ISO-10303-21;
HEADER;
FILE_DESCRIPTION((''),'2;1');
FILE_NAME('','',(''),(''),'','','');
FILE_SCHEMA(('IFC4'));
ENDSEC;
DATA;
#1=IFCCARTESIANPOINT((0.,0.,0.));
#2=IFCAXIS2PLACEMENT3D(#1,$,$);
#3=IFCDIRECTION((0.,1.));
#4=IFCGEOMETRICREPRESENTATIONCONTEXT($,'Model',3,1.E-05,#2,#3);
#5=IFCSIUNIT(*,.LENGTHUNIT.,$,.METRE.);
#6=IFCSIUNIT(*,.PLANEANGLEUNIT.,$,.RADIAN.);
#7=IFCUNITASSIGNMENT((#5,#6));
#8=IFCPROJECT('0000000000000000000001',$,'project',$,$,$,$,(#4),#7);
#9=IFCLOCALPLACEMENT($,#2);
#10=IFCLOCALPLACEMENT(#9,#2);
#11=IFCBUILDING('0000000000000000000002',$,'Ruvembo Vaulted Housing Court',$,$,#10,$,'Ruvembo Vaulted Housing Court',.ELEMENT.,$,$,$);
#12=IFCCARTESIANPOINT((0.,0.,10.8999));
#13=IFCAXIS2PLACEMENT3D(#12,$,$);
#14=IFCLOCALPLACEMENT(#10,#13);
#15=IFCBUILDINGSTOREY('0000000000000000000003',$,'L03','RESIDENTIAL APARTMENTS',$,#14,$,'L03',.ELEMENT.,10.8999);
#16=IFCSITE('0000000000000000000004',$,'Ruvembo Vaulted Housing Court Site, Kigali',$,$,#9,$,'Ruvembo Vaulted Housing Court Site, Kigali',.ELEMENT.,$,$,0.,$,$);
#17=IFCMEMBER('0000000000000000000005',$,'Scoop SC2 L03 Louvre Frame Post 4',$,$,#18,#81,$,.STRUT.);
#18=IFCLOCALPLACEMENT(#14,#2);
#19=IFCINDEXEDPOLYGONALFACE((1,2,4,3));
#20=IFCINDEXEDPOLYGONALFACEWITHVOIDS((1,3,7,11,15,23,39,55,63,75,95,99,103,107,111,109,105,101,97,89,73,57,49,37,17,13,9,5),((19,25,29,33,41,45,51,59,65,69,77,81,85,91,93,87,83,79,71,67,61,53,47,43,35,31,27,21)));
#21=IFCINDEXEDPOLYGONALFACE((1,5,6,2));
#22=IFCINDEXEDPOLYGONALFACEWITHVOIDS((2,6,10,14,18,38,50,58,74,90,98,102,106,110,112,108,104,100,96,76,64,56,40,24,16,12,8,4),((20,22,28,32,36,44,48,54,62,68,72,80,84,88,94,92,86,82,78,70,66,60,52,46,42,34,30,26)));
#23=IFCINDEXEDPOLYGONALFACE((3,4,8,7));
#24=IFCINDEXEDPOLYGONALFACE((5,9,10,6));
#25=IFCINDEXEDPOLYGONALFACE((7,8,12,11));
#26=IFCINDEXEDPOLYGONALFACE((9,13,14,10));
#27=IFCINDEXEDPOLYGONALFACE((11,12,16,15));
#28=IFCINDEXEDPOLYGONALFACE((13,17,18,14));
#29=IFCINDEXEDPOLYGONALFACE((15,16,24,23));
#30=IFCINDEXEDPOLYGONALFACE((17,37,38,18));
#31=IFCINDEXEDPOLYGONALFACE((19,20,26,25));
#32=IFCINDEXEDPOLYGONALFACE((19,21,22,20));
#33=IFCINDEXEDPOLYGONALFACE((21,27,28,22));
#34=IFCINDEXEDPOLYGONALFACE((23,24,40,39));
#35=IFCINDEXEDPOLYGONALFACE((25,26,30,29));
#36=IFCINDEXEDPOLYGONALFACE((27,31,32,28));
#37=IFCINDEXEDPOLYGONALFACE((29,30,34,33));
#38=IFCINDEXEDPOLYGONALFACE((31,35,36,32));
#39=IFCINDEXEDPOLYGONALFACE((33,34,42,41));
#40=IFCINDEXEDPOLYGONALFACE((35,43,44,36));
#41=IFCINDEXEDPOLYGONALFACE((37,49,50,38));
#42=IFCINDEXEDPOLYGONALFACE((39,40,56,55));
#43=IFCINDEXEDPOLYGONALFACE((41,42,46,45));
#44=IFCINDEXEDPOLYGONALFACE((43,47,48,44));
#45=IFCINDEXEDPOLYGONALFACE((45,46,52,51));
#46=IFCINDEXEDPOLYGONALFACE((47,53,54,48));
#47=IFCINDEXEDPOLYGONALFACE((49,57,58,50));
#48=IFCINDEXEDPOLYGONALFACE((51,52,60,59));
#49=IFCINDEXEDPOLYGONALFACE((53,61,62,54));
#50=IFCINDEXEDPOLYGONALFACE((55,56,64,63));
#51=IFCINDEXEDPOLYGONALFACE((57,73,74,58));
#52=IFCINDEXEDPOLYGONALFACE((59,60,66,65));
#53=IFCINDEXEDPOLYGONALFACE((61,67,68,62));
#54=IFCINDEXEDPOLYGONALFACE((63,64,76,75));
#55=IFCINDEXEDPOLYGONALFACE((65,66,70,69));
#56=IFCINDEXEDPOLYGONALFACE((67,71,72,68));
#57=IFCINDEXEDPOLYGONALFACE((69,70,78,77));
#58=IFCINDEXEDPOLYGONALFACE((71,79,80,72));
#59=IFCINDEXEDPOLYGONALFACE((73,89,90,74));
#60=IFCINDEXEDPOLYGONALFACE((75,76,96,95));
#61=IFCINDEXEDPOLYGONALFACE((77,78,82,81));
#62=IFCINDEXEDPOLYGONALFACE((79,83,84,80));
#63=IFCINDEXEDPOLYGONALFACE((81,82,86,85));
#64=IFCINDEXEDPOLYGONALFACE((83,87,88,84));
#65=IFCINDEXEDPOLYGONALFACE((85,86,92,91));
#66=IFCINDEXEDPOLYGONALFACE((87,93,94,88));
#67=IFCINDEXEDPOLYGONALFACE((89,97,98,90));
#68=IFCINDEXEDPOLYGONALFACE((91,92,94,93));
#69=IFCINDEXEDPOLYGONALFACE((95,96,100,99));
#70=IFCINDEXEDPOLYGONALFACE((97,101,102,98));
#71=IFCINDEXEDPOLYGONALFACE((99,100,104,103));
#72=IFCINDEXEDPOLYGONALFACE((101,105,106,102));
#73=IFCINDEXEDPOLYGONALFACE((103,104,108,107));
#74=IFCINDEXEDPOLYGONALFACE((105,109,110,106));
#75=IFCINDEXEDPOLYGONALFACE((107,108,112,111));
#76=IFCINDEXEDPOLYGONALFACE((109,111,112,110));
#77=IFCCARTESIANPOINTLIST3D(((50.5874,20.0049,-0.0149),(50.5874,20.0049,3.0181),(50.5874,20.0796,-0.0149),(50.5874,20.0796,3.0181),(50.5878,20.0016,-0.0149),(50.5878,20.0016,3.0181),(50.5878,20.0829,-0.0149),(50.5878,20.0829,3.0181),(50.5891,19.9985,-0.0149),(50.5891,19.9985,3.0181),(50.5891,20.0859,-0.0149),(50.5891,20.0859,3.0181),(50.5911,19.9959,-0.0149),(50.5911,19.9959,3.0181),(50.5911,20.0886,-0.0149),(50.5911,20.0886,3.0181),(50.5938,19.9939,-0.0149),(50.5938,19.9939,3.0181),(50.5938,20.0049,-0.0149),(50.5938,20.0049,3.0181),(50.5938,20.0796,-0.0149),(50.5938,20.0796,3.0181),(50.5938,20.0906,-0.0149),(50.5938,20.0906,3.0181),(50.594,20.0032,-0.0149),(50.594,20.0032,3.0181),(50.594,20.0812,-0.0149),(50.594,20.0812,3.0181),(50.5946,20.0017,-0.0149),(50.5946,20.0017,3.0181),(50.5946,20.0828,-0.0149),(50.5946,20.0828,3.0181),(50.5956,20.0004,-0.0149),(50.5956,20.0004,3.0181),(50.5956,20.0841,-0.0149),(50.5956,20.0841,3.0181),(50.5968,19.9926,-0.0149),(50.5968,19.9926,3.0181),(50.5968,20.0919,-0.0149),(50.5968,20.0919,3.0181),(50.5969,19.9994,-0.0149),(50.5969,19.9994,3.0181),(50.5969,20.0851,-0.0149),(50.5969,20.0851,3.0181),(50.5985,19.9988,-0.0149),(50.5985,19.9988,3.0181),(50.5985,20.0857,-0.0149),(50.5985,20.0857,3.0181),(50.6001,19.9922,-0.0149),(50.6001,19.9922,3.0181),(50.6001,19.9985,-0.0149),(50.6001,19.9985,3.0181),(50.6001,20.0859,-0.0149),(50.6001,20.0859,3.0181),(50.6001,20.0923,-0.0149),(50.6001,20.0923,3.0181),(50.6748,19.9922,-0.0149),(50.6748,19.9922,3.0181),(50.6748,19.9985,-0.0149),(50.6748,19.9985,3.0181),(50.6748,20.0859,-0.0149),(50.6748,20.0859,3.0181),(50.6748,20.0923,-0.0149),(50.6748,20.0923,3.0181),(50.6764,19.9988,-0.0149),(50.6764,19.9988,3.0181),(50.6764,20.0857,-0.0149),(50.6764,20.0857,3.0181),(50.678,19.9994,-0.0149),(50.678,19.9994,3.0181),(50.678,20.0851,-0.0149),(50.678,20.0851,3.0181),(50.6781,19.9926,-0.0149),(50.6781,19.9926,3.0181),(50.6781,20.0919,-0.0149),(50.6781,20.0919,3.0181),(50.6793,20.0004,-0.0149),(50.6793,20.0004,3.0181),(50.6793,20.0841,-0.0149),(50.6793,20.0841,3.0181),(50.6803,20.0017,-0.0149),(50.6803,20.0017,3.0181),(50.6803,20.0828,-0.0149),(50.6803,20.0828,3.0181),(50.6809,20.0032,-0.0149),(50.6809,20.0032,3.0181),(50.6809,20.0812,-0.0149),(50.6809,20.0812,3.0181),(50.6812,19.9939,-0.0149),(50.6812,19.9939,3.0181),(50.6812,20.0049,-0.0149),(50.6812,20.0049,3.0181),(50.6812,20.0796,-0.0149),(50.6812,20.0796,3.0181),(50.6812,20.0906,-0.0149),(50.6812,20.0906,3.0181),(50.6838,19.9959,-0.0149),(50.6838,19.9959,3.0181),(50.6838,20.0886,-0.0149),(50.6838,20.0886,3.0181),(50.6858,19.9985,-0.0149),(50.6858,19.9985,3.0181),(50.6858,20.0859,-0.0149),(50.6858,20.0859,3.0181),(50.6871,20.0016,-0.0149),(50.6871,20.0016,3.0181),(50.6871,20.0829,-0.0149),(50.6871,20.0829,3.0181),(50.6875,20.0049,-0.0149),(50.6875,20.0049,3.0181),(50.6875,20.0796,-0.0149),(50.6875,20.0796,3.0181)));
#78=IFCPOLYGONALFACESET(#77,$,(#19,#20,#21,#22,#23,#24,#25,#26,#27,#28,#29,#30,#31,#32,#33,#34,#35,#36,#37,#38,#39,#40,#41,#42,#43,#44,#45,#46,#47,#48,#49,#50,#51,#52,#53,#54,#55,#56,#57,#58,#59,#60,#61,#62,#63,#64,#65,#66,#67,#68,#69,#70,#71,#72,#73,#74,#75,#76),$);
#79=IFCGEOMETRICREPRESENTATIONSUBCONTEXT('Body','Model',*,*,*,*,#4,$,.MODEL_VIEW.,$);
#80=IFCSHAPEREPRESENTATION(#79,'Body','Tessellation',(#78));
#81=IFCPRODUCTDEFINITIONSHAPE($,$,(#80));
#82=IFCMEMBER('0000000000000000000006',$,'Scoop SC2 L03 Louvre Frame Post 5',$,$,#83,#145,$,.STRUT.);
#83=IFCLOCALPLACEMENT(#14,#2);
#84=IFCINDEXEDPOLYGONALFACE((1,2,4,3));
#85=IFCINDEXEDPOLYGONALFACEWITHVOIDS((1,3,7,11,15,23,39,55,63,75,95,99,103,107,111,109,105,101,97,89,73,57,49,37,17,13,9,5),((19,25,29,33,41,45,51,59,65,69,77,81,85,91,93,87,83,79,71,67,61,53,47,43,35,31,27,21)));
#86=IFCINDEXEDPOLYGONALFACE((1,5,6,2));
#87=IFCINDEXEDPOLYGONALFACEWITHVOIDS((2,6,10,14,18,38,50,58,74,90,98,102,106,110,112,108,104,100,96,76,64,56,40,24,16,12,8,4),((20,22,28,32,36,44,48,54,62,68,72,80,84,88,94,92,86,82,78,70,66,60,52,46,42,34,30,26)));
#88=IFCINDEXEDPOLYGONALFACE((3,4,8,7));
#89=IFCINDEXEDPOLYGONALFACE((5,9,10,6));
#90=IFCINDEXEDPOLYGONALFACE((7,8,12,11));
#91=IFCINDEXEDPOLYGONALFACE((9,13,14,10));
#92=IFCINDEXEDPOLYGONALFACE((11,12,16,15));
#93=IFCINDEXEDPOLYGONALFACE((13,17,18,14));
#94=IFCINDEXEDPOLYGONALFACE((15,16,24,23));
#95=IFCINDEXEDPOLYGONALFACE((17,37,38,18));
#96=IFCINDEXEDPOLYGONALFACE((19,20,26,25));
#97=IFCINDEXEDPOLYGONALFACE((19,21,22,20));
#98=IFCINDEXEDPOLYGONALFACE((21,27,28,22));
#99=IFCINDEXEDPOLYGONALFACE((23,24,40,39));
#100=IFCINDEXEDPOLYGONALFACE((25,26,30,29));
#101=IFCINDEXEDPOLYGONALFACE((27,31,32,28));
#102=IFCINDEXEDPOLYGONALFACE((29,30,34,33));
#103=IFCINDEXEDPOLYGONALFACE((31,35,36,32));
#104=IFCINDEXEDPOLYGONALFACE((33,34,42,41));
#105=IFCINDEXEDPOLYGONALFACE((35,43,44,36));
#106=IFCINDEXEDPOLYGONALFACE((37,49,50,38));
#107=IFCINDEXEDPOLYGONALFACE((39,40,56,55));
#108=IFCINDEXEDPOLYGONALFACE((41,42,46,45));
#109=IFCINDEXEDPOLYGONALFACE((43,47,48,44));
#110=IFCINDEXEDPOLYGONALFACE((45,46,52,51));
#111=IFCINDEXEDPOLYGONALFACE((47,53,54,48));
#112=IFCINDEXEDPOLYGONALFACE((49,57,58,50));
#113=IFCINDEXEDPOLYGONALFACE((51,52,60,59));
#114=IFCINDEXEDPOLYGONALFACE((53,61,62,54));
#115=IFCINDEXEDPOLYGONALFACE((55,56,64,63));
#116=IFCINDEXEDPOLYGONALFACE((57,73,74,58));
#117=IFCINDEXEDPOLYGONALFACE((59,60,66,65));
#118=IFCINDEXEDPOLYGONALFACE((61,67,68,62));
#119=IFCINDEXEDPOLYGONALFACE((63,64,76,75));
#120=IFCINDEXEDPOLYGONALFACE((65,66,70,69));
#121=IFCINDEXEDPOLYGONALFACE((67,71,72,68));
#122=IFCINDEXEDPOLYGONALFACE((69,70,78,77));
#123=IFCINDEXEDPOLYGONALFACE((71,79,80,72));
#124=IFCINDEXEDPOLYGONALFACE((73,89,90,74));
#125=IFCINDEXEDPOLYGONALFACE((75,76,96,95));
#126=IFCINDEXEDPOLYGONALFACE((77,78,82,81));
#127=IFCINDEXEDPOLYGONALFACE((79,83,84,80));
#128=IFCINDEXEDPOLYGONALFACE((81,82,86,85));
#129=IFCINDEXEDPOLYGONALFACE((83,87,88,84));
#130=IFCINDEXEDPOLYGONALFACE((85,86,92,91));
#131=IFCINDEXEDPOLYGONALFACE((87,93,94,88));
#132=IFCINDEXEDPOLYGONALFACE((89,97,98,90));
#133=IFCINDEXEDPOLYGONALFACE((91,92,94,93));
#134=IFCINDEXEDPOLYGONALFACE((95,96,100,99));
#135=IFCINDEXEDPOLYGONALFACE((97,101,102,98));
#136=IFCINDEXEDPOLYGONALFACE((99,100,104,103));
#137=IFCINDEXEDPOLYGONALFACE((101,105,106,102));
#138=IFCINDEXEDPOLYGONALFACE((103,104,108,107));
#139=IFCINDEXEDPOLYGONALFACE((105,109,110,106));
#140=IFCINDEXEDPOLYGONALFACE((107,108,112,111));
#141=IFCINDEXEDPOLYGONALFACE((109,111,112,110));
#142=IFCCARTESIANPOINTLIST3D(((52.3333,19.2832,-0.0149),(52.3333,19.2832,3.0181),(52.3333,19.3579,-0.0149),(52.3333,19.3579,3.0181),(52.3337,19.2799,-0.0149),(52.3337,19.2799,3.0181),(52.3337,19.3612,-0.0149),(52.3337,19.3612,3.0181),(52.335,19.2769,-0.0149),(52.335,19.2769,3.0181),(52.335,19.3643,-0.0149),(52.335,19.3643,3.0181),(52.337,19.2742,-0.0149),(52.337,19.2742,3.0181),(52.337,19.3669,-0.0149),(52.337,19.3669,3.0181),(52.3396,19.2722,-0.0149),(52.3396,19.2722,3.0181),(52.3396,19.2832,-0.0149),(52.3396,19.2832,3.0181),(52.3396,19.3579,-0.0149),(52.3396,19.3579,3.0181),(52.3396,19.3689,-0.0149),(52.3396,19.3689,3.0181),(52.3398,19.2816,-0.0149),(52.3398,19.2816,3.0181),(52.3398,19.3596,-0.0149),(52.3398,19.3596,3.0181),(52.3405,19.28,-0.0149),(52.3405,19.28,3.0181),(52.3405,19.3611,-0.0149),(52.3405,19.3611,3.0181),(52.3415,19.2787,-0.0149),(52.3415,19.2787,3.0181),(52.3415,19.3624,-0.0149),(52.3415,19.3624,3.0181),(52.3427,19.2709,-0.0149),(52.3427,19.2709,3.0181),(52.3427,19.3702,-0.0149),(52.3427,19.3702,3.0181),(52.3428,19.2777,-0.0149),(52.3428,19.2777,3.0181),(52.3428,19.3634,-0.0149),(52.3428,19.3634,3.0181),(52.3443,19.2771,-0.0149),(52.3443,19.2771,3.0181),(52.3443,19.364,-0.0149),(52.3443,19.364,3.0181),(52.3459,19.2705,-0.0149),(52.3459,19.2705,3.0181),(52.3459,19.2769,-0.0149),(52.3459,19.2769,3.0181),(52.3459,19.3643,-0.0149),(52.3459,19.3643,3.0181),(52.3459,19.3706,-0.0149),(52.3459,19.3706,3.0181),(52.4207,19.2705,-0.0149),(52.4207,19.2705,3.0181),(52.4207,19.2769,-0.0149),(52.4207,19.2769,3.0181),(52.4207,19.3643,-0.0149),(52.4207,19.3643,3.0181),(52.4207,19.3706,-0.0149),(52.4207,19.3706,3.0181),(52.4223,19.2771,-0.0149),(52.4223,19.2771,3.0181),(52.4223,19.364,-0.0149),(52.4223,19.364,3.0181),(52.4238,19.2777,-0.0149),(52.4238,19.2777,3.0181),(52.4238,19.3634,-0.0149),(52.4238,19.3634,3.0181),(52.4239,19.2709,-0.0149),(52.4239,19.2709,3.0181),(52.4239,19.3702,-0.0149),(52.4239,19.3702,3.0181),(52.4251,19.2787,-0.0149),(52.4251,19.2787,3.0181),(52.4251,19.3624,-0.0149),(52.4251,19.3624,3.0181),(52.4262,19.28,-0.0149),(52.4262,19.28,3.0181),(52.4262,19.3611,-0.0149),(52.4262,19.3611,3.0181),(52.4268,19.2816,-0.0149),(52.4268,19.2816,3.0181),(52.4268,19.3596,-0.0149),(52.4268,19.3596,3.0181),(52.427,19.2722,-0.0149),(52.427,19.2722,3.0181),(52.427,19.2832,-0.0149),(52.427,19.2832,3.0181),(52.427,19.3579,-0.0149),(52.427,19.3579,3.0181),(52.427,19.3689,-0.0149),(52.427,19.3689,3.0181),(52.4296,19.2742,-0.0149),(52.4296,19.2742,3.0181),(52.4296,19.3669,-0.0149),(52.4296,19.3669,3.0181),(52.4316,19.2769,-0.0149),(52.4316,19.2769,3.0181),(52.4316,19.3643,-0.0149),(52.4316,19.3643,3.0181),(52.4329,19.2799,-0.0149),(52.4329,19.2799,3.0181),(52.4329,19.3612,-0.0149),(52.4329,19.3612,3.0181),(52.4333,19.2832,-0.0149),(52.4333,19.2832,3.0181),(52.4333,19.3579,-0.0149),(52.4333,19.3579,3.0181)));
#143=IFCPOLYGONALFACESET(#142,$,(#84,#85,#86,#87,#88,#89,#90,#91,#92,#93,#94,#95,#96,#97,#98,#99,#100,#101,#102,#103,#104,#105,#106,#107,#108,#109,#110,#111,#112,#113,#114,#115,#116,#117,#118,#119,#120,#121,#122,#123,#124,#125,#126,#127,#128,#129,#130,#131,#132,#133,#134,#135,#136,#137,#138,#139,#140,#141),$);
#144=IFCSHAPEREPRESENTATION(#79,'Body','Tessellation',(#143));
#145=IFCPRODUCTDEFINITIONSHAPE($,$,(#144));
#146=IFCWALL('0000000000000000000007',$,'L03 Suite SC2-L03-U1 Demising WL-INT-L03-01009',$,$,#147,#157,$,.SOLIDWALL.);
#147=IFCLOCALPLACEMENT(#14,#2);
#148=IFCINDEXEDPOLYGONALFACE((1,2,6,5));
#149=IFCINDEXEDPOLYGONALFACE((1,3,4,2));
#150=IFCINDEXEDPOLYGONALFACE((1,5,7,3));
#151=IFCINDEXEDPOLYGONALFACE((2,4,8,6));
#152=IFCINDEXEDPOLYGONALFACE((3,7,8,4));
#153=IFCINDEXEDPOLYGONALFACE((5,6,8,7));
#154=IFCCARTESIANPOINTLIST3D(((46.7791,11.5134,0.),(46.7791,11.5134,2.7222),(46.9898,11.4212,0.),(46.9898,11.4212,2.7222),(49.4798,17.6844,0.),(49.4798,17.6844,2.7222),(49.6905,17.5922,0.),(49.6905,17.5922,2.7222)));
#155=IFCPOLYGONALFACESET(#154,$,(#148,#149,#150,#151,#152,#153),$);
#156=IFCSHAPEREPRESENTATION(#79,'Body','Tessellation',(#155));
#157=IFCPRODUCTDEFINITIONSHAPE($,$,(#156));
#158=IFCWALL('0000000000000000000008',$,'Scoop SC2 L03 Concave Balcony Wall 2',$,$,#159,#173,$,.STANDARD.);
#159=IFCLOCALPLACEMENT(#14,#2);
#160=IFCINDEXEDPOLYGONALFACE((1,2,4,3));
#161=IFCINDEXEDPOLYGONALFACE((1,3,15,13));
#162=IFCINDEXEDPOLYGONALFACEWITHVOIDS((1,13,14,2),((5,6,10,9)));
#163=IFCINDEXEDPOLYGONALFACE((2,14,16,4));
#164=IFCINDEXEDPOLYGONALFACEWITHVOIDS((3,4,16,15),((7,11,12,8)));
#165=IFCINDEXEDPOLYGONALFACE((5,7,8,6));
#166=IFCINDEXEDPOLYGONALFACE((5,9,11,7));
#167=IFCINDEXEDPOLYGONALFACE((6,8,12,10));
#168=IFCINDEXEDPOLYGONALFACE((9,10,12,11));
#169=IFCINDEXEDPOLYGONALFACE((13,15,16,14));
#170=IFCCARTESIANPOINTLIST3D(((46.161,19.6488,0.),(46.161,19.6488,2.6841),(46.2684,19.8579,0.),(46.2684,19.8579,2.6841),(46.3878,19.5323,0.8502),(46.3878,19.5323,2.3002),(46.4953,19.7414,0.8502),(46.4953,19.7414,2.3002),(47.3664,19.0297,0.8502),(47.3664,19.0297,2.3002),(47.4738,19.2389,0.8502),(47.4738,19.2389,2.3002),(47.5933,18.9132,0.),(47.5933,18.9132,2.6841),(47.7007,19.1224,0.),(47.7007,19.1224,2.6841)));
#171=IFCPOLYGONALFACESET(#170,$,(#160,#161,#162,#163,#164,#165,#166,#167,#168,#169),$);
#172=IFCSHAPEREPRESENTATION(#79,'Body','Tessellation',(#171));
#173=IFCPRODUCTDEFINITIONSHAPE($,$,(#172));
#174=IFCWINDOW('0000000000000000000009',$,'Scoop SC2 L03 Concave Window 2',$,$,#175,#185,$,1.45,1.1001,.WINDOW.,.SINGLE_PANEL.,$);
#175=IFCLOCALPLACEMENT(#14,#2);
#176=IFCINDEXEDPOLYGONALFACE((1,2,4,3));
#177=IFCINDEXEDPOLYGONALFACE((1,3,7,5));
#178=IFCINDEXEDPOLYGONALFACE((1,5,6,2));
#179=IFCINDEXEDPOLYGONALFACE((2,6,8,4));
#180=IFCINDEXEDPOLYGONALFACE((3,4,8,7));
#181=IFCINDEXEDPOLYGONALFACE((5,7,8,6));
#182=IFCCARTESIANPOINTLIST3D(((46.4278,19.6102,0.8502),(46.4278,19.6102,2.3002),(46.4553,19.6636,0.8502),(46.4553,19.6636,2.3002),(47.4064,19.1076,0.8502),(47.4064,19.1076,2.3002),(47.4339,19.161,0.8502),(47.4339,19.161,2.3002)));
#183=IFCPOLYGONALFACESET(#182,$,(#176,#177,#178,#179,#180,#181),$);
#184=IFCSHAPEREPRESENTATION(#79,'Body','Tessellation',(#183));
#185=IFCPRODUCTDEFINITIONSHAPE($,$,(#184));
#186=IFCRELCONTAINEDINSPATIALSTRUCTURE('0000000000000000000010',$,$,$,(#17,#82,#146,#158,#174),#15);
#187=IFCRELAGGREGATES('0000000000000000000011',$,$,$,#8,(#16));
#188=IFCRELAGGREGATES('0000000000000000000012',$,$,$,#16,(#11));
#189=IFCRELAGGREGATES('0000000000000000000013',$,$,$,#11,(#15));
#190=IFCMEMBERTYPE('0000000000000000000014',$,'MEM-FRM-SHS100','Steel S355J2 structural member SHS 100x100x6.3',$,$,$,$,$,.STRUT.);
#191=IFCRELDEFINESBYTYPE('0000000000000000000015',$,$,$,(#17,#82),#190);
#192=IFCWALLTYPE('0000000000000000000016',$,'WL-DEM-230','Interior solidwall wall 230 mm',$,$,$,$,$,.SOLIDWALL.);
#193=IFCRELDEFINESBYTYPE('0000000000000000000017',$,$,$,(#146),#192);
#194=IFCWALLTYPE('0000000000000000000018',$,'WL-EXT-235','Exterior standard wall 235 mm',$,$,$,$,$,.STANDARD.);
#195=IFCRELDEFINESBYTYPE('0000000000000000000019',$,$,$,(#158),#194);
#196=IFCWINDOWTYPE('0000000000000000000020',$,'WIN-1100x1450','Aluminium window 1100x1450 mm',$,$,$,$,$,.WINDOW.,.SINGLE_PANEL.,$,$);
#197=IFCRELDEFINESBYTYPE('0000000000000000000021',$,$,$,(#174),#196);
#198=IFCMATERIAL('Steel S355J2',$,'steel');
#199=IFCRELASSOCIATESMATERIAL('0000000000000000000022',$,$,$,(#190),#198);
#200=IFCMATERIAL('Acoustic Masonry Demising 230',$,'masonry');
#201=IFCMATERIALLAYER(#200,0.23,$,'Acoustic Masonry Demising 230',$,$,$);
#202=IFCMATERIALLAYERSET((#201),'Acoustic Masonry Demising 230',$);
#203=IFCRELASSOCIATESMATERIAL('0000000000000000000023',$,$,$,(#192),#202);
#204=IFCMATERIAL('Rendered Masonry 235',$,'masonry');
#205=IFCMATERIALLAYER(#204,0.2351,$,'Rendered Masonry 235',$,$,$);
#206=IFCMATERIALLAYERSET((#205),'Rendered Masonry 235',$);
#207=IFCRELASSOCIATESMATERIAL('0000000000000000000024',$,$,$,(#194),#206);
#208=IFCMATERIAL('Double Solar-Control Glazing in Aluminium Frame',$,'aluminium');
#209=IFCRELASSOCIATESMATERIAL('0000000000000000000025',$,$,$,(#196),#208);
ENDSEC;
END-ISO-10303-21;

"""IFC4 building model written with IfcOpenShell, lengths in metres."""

from ifc_helpers import new_model, si_unit, direction, frame, frame_2d, origin, origin_2d, place, context, subcontext, project, spatial, rectangle, hollow_rectangle, extrude, material, layer, layer_set, material_profile, profile_set, type_object, element, fill, save


model = new_model("IFC4")

# Units and contexts
model_context = context("Model", 3, precision=1e-05, world=origin(), true_north=direction((0.0, 1.0)))
body_context = subcontext(model_context, "Body", "Model", "MODEL_VIEW")
ifc_project = project(units=[si_unit("LENGTHUNIT", "METRE"), si_unit("PLANEANGLEUNIT", "RADIAN")], contexts=[model_context])

# Site, building, storey
site_placement = place(None, origin())
site = spatial("IfcSite", under=ifc_project, at=site_placement, Name="Ruvembo Vaulted Housing Court Site, Kigali", LongName="Ruvembo Vaulted Housing Court Site, Kigali", CompositionType="ELEMENT", RefElevation=0.0)
building_placement = place(site_placement, origin())
building = spatial("IfcBuilding", under=site, at=building_placement, Name="Ruvembo Vaulted Housing Court", LongName="Ruvembo Vaulted Housing Court", CompositionType="ELEMENT")
storey_placement = place(building_placement, frame((0.0, 0.0, 10.8999)))
storey = spatial("IfcBuildingStorey", under=building, at=storey_placement, Name="L03", Description="RESIDENTIAL APARTMENTS", LongName="L03", CompositionType="ELEMENT", Elevation=10.8999)

# Shared definitions
ifc_material_1 = material(Name="Steel S355J2", Category="steel")

# Members
ifc_material_profile_1 = material_profile(ifc_material_1, hollow_rectangle(XDim=0.1001, YDim=0.1001, WallThickness=0.0063, InnerFilletRadius=0.0063, OuterFilletRadius=0.0127, at=origin_2d()), Name="SHS 100x100x6.3")
ifc_profile_set_1 = profile_set([ifc_material_profile_1], Name="Steel S355J2")
member_type_1 = type_object("IfcMemberType", Name="MEM-FRM-SHS100", Description="Steel S355J2 structural member SHS 100x100x6.3", PredefinedType="STRUT", material=ifc_profile_set_1)
for number, where, z_axis, x_axis, name in (
    (1, (50.6375, 20.0422, -0.0149), (0.0, 0.0, 1.0), (1.0, 0.0, 0.0), "Scoop SC2 L03 Louvre Frame Post 4"),
    (2, (52.3833, 19.3206, -0.0149), (0.0, 0.0, 1.0), (1.0, 0.0, 0.0), "Scoop SC2 L03 Louvre Frame Post 5"),
):
    element("IfcMember", number, at=place(storey_placement, frame(where, z_axis=z_axis, x_axis=x_axis)), inside=storey, type_object=member_type_1, Name=name, PredefinedType="STRUT", context=body_context, shape_type="SweptSolid", body=[
        extrude(hollow_rectangle(XDim=0.1001, YDim=0.1001, WallThickness=0.0063, InnerFilletRadius=0.0063, OuterFilletRadius=0.0127, at=origin_2d()), origin(), (0.0, 0.0, 1.0), 3.033),
    ])

# Wall
ifc_material_2 = material(Name="Acoustic Masonry Demising 230", Category="masonry")
ifc_layer_1 = layer(ifc_material_2, 0.23, Name="Acoustic Masonry Demising 230")
ifc_layer_set_1 = layer_set([ifc_layer_1], Name="Acoustic Masonry Demising 230")
wall_type_1 = type_object("IfcWallType", Name="WL-DEM-230", Description="Interior solidwall wall 230 mm", PredefinedType="SOLIDWALL", material=ifc_layer_set_1)
wall_1_placement = place(storey_placement, frame((49.5852, 17.6384, 0.0), z_axis=(0.0, 0.0, 1.0), x_axis=(-0.400933, -0.916107, 0.0)))
element("IfcWall", 3, at=wall_1_placement, inside=storey, type_object=wall_type_1, Name="L03 Suite SC2-L03-U1 Demising WL-INT-L03-01009", PredefinedType="SOLIDWALL", context=body_context, shape_type="SweptSolid", body=[
    extrude(rectangle(XDim=6.7361, YDim=0.23, at=frame_2d((3.3682, 0.0))), origin(), (0.0, 0.0, 1.0), 2.7222),
])

# Wall, opening, window
ifc_material_3 = material(Name="Rendered Masonry 235", Category="masonry")
ifc_layer_2 = layer(ifc_material_3, 0.2351, Name="Rendered Masonry 235")
ifc_layer_set_2 = layer_set([ifc_layer_2], Name="Rendered Masonry 235")
wall_type_2 = type_object("IfcWallType", Name="WL-EXT-235", Description="Exterior standard wall 235 mm", PredefinedType="STANDARD", material=ifc_layer_set_2)
wall_2_placement = place(storey_placement, frame((46.2146, 19.7534, 0.0), z_axis=(0.0, 0.0, 1.0), x_axis=(0.889554, -0.456831, 0.0)))
wall_2 = element("IfcWall", 4, at=wall_2_placement, inside=storey, type_object=wall_type_2, Name="Scoop SC2 L03 Concave Balcony Wall 2", PredefinedType="STANDARD", context=body_context, shape_type="SweptSolid", body=[
    extrude(rectangle(XDim=1.6101, YDim=0.2351, at=frame_2d((0.8052, 0.0))), origin(), (0.0, 0.0, 1.0), 2.6841),
])
opening_1_placement = place(wall_2_placement, frame((0.2551, 0.0, 0.8501)))
opening_1 = element("IfcOpeningElement", 5, at=opening_1_placement, cuts=wall_2, PredefinedType="OPENING", context=body_context, shape_type="SweptSolid", body=[
    extrude(rectangle(XDim=1.1001, YDim=1.45, at=frame_2d((0.55, 0.7251))), frame((0.0, 0.1274, 0.0), z_axis=(0.0, -1.0, 0.0), x_axis=(1.0, 0.0, 0.0)), (0.0, 0.0, 1.0), 0.2551),
])
ifc_material_4 = material(Name="Double Solar-Control Glazing in Aluminium Frame", Category="aluminium")
window_type_1 = type_object("IfcWindowType", Name="WIN-1100x1450", Description="Aluminium window 1100x1450 mm", PartitioningType="SINGLE_PANEL", PredefinedType="WINDOW", material=ifc_material_4)
window_1_placement = place(opening_1_placement, origin())
window_1 = element("IfcWindow", 6, at=window_1_placement, inside=storey, type_object=window_type_1, Name="Scoop SC2 L03 Concave Window 2", OverallHeight=1.45, OverallWidth=1.1001, PartitioningType="SINGLE_PANEL", PredefinedType="WINDOW", context=body_context, shape_type="SweptSolid", body=[
    extrude(rectangle(XDim=1.1001, YDim=1.45, at=frame_2d((0.55, 0.7251))), frame((0.0, 0.03, 0.0), z_axis=(0.0, -1.0, 0.0), x_axis=(1.0, 0.0, 0.0)), (0.0, 0.0, 1.0), 0.0601),
])
fill(opening_1, window_1)

save(model, "model.ifc")
